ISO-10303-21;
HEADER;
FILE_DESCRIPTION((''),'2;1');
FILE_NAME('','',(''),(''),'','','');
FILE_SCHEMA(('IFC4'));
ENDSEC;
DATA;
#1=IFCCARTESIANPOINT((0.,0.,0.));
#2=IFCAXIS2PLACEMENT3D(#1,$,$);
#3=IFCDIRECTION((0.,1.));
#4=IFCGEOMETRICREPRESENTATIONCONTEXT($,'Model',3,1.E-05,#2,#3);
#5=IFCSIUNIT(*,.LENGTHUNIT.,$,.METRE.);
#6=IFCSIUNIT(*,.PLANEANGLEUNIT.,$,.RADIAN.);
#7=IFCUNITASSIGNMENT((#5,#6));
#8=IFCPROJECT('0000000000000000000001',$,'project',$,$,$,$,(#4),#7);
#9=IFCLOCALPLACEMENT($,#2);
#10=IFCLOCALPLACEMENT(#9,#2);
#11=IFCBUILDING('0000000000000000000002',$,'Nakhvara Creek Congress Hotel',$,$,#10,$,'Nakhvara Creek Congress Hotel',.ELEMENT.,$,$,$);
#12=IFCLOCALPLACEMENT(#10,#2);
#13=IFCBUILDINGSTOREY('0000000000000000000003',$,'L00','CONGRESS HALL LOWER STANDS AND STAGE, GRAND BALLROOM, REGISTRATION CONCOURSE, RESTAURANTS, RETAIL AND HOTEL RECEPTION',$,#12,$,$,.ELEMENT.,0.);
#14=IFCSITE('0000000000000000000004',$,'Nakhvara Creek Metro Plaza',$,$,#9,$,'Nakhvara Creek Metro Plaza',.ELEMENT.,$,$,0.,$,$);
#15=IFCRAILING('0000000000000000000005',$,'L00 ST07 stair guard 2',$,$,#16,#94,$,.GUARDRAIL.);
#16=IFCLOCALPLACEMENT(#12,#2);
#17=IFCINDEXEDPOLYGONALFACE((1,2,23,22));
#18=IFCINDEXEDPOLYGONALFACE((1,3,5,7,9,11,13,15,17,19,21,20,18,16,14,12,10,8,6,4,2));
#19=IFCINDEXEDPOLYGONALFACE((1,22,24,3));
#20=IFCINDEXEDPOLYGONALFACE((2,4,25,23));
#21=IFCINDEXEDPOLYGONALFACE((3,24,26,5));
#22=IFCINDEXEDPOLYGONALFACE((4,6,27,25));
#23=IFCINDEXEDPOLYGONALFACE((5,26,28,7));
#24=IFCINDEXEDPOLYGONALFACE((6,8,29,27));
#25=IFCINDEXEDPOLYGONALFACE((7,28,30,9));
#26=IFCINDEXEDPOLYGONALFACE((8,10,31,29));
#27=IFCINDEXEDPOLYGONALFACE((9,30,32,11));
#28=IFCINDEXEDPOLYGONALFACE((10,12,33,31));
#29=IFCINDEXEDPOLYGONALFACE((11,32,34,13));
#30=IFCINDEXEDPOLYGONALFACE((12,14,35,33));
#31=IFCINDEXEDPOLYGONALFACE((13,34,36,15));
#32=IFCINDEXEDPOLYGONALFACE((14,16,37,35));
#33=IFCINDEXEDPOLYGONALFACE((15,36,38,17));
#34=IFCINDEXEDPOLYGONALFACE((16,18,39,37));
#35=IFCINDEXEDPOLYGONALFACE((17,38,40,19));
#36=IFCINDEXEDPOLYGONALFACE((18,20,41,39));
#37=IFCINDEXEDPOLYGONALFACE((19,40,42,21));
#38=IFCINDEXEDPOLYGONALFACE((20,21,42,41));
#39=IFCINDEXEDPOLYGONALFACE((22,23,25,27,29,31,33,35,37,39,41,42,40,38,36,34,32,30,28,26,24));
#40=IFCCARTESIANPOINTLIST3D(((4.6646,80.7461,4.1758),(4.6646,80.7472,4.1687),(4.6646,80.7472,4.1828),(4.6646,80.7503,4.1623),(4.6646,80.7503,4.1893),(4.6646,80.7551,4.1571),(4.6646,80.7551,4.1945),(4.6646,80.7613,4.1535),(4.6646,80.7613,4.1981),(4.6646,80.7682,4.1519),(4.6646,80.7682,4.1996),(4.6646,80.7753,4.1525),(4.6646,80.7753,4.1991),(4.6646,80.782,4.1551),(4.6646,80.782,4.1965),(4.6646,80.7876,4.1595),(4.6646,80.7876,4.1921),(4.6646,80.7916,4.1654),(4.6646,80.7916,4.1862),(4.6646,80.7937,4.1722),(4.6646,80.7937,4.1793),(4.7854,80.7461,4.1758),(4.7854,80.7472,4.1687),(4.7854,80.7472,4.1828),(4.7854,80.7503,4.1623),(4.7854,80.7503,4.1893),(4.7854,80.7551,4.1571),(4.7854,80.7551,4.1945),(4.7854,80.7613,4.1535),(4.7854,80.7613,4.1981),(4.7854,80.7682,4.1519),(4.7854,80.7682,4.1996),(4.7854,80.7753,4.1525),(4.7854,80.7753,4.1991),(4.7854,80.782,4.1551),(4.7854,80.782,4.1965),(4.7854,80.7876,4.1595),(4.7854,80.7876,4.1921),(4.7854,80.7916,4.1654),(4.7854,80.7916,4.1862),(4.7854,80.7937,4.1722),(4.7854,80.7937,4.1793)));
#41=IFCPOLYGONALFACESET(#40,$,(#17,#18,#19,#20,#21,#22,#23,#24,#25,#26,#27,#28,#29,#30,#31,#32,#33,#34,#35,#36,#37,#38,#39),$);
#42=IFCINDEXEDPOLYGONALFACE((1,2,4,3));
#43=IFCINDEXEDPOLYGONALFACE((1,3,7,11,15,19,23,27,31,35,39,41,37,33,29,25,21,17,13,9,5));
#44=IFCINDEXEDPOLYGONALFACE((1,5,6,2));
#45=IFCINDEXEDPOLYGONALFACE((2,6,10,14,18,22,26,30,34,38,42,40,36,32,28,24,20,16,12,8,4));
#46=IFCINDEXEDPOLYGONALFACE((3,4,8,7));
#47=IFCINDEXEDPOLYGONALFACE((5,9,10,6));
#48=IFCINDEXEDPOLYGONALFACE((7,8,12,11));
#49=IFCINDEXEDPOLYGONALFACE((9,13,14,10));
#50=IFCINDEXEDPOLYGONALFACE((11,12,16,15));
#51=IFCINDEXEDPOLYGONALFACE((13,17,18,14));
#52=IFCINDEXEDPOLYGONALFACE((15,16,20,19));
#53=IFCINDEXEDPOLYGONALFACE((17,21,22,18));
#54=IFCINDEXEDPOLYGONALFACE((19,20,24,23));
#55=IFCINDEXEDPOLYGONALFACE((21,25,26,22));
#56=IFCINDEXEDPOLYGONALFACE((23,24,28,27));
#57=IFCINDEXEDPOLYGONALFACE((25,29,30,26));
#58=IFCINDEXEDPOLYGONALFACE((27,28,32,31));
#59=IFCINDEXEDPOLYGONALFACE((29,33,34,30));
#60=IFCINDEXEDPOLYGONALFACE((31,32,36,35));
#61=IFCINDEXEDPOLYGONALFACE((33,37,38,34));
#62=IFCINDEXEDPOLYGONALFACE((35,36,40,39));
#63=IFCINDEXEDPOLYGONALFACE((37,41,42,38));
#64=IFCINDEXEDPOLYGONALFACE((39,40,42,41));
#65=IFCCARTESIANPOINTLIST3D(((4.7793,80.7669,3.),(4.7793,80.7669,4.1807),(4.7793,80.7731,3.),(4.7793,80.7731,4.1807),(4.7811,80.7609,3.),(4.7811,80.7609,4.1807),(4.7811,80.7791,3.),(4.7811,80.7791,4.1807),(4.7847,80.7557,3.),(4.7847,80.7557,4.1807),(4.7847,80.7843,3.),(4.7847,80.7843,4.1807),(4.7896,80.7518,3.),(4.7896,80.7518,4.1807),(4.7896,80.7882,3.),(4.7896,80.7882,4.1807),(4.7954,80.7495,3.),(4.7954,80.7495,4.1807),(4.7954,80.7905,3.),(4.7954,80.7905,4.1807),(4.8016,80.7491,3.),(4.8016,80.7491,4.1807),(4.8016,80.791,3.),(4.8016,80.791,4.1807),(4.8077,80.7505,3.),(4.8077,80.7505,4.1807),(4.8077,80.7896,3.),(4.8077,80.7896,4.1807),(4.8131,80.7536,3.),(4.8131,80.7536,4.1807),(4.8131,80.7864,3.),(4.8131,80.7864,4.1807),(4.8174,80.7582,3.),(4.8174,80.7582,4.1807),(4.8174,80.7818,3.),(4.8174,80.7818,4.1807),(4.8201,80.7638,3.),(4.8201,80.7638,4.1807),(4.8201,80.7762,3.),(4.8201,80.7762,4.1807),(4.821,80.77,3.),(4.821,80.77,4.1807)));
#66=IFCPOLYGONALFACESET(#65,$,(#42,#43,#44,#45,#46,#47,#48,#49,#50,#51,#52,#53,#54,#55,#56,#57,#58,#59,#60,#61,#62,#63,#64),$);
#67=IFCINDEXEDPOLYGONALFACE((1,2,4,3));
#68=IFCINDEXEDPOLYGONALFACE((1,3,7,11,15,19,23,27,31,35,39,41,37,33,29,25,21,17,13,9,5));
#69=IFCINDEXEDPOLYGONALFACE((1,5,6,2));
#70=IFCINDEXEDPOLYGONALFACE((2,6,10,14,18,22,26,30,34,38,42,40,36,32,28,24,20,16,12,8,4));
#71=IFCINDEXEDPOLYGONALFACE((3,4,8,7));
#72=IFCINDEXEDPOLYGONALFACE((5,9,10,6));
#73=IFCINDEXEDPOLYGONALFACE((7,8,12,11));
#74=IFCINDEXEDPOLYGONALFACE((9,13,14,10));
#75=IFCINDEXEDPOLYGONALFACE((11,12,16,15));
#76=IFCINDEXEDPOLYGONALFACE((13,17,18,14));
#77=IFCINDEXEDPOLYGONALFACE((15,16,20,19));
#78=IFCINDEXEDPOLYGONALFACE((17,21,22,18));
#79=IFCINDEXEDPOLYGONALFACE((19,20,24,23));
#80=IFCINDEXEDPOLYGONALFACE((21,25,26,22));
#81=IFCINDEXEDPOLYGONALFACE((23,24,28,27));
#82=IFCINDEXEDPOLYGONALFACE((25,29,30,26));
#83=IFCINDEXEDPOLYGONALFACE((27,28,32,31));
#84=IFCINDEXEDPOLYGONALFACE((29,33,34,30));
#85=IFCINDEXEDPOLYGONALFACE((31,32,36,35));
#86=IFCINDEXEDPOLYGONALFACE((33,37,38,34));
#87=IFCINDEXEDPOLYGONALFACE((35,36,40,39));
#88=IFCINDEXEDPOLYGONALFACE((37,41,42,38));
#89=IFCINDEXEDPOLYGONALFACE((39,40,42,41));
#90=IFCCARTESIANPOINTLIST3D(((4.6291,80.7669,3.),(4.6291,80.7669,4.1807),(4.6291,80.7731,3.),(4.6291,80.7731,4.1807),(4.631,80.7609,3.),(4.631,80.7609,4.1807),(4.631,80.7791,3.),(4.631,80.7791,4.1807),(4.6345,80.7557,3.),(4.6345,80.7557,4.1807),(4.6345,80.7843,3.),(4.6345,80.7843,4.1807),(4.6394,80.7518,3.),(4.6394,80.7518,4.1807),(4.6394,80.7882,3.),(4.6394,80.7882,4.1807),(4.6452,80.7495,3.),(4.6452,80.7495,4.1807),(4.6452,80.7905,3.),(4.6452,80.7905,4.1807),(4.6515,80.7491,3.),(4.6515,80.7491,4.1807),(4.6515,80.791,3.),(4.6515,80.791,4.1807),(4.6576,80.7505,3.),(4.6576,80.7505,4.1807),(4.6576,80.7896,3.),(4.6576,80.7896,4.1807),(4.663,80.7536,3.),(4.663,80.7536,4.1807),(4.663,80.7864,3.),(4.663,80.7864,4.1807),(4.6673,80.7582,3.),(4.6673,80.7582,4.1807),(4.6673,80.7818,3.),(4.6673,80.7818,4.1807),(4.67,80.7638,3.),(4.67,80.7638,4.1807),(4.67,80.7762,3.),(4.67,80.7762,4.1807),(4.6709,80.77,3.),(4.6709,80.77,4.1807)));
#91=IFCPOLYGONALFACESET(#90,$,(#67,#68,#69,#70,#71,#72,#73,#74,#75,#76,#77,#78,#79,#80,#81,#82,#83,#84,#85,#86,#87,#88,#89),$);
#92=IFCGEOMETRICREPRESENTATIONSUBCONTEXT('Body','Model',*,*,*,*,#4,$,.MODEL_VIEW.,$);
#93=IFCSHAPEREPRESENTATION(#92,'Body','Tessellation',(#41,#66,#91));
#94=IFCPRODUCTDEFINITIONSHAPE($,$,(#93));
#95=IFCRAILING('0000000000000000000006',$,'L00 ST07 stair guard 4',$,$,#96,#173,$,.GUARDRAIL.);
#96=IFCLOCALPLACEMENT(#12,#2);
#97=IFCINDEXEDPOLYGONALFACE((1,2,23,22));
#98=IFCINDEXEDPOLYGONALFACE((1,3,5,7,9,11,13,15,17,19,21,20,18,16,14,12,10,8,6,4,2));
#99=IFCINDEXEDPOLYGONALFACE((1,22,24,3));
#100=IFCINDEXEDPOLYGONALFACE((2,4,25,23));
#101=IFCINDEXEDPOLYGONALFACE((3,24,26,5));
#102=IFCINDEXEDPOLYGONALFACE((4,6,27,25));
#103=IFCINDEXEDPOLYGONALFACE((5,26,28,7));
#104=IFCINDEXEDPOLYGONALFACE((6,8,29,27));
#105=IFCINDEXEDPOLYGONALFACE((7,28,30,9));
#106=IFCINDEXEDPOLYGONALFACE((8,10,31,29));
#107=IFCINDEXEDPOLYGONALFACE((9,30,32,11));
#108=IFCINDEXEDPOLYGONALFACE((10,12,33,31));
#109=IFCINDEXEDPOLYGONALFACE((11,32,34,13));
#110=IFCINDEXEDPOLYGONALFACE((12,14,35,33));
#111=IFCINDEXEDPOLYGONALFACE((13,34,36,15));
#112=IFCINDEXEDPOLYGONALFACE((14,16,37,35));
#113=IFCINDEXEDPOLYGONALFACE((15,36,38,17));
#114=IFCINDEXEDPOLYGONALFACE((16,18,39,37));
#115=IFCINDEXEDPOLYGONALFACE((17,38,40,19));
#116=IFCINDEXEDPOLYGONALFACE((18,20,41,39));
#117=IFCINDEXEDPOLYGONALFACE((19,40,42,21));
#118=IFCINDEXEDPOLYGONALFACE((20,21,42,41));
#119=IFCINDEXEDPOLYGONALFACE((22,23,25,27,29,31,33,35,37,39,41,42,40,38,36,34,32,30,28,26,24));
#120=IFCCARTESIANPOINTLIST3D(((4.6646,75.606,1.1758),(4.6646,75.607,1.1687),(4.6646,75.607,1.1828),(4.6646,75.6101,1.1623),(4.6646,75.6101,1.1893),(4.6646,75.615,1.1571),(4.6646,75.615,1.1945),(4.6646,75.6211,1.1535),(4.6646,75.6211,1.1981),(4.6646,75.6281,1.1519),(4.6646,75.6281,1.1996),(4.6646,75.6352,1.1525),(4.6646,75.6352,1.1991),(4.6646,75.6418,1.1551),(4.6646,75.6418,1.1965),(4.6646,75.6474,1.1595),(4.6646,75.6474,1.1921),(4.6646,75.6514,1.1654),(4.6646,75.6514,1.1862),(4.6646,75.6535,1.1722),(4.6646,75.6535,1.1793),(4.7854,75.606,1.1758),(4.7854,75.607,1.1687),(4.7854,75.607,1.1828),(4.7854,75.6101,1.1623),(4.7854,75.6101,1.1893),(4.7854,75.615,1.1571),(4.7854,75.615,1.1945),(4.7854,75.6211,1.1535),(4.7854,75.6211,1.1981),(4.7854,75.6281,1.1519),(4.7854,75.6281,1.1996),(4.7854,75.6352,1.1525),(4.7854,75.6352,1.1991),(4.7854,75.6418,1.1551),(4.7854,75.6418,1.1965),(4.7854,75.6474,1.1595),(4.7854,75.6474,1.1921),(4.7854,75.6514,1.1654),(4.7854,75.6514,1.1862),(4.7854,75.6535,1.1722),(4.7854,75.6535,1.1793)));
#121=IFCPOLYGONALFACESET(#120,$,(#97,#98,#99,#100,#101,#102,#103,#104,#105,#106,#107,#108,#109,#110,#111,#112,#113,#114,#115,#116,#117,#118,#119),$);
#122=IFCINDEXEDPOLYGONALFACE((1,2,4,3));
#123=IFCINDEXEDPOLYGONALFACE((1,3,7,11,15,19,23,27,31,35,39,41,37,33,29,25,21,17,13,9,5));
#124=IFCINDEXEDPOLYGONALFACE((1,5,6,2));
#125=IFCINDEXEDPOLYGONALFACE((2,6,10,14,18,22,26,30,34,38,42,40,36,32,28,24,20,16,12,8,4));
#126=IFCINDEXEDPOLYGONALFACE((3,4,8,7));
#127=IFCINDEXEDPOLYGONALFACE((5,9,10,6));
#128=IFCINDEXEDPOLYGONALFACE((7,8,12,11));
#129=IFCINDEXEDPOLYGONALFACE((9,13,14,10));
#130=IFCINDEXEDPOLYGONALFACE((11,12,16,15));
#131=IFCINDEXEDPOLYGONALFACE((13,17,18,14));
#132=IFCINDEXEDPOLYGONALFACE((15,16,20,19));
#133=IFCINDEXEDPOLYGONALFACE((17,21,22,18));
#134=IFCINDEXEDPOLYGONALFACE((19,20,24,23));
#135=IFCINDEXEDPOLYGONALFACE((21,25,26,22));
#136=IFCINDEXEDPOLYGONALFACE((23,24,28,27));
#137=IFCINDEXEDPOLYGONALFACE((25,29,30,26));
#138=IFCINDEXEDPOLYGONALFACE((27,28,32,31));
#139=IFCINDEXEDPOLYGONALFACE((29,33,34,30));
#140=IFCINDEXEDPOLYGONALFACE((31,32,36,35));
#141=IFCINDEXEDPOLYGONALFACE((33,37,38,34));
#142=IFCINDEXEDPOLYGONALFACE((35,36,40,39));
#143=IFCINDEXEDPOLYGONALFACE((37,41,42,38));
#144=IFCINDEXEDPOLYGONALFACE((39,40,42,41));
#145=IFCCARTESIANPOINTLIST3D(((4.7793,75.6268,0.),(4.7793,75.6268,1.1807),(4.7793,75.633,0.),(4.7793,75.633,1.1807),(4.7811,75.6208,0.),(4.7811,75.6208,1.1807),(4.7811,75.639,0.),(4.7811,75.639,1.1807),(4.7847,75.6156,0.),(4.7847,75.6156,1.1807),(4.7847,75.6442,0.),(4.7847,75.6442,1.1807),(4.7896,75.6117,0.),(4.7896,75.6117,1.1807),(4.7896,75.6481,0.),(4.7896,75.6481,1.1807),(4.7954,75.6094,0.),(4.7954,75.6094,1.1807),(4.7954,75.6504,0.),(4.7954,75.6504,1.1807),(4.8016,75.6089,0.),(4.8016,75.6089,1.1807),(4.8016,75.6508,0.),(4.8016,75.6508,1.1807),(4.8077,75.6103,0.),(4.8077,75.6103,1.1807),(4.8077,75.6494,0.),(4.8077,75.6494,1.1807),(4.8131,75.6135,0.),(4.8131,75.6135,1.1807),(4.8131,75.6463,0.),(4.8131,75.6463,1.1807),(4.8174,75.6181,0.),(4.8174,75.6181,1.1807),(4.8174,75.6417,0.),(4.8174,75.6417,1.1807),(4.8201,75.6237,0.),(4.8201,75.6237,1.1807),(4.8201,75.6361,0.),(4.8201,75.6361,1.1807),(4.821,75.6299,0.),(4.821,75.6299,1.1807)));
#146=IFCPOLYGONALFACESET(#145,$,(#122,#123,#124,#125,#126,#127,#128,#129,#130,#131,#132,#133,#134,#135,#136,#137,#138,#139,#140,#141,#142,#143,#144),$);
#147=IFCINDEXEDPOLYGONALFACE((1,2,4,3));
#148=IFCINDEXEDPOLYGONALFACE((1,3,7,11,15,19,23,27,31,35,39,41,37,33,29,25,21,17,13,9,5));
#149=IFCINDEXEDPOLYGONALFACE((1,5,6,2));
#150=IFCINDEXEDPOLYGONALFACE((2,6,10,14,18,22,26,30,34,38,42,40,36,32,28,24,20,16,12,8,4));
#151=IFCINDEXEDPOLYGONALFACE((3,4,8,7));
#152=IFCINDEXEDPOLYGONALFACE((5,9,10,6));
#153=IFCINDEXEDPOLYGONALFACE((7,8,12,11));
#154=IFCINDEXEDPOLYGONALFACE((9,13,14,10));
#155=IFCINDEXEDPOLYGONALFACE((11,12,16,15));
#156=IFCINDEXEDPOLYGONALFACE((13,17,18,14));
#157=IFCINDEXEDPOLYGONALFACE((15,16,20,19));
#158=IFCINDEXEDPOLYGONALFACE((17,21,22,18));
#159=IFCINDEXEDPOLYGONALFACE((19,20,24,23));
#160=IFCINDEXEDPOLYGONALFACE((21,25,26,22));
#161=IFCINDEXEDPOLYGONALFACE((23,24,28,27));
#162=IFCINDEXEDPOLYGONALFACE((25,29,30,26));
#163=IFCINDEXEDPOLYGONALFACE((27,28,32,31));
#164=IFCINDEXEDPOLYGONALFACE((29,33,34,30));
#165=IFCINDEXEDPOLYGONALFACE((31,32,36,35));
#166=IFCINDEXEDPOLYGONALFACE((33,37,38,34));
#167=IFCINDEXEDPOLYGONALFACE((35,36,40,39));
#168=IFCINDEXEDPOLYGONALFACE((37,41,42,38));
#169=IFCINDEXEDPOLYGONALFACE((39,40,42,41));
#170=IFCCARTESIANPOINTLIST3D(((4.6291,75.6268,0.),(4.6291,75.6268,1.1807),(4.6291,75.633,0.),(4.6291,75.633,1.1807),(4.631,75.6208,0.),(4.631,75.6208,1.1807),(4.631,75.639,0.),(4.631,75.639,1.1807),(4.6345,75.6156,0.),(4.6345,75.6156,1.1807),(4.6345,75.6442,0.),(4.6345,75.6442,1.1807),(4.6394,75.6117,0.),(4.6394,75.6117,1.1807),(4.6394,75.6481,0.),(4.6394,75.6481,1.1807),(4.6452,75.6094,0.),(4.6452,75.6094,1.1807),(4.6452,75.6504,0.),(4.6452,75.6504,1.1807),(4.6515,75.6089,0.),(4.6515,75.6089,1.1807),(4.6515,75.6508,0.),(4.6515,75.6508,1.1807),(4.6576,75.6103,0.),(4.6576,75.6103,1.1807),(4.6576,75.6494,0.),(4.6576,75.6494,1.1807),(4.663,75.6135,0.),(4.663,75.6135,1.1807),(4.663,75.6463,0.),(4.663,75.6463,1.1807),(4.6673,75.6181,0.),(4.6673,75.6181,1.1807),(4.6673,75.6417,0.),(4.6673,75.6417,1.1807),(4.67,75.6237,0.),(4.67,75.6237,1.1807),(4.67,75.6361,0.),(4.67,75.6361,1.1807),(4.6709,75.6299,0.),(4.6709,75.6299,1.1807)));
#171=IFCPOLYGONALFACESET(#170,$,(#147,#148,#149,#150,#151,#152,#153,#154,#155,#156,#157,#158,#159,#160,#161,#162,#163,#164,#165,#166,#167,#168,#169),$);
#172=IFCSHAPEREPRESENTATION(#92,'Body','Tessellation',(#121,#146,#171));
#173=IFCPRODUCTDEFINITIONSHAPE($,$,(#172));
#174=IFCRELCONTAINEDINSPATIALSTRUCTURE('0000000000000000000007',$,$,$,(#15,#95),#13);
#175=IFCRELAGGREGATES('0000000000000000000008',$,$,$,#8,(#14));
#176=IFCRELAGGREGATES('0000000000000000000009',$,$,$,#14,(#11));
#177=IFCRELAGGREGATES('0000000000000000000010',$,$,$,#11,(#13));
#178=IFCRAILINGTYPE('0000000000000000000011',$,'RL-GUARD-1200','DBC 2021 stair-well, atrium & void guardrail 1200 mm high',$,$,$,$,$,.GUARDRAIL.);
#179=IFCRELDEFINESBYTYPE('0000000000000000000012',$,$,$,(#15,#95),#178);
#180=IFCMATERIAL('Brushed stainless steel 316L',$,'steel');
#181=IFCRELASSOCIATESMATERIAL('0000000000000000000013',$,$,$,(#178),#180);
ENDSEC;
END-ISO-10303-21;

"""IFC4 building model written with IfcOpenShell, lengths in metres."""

from ifc_helpers import new_model, si_unit, direction, frame, origin, origin_2d, place, context, subcontext, project, spatial, circle, extrude, material, type_object, element, save


model = new_model("IFC4")

# Units and contexts
model_context = context("Model", 3, precision=1e-05, world=origin(), true_north=direction((0.0, 1.0)))
body_context = subcontext(model_context, "Body", "Model", "MODEL_VIEW")
ifc_project = project(units=[si_unit("LENGTHUNIT", "METRE"), si_unit("PLANEANGLEUNIT", "RADIAN")], contexts=[model_context])

# Site, building, storey
site_placement = place(None, origin())
site = spatial("IfcSite", under=ifc_project, at=site_placement, Name="Nakhvara Creek Metro Plaza", LongName="Nakhvara Creek Metro Plaza", CompositionType="ELEMENT", RefElevation=0.0)
building_placement = place(site_placement, origin())
building = spatial("IfcBuilding", under=site, at=building_placement, Name="Nakhvara Creek Congress Hotel", LongName="Nakhvara Creek Congress Hotel", CompositionType="ELEMENT")
storey_placement = place(building_placement, origin())
storey = spatial("IfcBuildingStorey", under=building, at=storey_placement, Name="L00", Description="CONGRESS HALL LOWER STANDS AND STAGE, GRAND BALLROOM, REGISTRATION CONCOURSE, RESTAURANTS, RETAIL AND HOTEL RECEPTION", CompositionType="ELEMENT", Elevation=0.0)

# Railings
ifc_material_1 = material(Name="Brushed stainless steel 316L", Category="steel")
railing_type_1 = type_object("IfcRailingType", Name="RL-GUARD-1200", Description="DBC 2021 stair-well, atrium & void guardrail 1200 mm high", PredefinedType="GUARDRAIL", material=ifc_material_1)
for number, where, name in (
    (1, (4.8, 80.77, 3.0), "L00 ST07 stair guard 2"),
    (2, (4.8, 75.6299, 0.0), "L00 ST07 stair guard 4"),
):
    element("IfcRailing", number, at=place(storey_placement, frame(where)), inside=storey, type_object=railing_type_1, Name=name, PredefinedType="GUARDRAIL", context=body_context, shape_type="SweptSolid", body=[
        extrude(circle(Radius=0.0239, at=origin_2d()), frame((-0.0146, 0.0, 1.1758), z_axis=(-1.0, 0.0, 0.0), x_axis=(0.0, -1.0, 0.0)), (0.0, 0.0, 1.0), 0.1208),
        extrude(circle(Radius=0.021, at=origin_2d()), origin(), (0.0, 0.0, 1.0), 1.1807),
        extrude(circle(Radius=0.021, at=origin_2d()), frame((-0.1501, 0.0, 0.0)), (0.0, 0.0, 1.0), 1.1807),
    ])

save(model, "model.ifc")
